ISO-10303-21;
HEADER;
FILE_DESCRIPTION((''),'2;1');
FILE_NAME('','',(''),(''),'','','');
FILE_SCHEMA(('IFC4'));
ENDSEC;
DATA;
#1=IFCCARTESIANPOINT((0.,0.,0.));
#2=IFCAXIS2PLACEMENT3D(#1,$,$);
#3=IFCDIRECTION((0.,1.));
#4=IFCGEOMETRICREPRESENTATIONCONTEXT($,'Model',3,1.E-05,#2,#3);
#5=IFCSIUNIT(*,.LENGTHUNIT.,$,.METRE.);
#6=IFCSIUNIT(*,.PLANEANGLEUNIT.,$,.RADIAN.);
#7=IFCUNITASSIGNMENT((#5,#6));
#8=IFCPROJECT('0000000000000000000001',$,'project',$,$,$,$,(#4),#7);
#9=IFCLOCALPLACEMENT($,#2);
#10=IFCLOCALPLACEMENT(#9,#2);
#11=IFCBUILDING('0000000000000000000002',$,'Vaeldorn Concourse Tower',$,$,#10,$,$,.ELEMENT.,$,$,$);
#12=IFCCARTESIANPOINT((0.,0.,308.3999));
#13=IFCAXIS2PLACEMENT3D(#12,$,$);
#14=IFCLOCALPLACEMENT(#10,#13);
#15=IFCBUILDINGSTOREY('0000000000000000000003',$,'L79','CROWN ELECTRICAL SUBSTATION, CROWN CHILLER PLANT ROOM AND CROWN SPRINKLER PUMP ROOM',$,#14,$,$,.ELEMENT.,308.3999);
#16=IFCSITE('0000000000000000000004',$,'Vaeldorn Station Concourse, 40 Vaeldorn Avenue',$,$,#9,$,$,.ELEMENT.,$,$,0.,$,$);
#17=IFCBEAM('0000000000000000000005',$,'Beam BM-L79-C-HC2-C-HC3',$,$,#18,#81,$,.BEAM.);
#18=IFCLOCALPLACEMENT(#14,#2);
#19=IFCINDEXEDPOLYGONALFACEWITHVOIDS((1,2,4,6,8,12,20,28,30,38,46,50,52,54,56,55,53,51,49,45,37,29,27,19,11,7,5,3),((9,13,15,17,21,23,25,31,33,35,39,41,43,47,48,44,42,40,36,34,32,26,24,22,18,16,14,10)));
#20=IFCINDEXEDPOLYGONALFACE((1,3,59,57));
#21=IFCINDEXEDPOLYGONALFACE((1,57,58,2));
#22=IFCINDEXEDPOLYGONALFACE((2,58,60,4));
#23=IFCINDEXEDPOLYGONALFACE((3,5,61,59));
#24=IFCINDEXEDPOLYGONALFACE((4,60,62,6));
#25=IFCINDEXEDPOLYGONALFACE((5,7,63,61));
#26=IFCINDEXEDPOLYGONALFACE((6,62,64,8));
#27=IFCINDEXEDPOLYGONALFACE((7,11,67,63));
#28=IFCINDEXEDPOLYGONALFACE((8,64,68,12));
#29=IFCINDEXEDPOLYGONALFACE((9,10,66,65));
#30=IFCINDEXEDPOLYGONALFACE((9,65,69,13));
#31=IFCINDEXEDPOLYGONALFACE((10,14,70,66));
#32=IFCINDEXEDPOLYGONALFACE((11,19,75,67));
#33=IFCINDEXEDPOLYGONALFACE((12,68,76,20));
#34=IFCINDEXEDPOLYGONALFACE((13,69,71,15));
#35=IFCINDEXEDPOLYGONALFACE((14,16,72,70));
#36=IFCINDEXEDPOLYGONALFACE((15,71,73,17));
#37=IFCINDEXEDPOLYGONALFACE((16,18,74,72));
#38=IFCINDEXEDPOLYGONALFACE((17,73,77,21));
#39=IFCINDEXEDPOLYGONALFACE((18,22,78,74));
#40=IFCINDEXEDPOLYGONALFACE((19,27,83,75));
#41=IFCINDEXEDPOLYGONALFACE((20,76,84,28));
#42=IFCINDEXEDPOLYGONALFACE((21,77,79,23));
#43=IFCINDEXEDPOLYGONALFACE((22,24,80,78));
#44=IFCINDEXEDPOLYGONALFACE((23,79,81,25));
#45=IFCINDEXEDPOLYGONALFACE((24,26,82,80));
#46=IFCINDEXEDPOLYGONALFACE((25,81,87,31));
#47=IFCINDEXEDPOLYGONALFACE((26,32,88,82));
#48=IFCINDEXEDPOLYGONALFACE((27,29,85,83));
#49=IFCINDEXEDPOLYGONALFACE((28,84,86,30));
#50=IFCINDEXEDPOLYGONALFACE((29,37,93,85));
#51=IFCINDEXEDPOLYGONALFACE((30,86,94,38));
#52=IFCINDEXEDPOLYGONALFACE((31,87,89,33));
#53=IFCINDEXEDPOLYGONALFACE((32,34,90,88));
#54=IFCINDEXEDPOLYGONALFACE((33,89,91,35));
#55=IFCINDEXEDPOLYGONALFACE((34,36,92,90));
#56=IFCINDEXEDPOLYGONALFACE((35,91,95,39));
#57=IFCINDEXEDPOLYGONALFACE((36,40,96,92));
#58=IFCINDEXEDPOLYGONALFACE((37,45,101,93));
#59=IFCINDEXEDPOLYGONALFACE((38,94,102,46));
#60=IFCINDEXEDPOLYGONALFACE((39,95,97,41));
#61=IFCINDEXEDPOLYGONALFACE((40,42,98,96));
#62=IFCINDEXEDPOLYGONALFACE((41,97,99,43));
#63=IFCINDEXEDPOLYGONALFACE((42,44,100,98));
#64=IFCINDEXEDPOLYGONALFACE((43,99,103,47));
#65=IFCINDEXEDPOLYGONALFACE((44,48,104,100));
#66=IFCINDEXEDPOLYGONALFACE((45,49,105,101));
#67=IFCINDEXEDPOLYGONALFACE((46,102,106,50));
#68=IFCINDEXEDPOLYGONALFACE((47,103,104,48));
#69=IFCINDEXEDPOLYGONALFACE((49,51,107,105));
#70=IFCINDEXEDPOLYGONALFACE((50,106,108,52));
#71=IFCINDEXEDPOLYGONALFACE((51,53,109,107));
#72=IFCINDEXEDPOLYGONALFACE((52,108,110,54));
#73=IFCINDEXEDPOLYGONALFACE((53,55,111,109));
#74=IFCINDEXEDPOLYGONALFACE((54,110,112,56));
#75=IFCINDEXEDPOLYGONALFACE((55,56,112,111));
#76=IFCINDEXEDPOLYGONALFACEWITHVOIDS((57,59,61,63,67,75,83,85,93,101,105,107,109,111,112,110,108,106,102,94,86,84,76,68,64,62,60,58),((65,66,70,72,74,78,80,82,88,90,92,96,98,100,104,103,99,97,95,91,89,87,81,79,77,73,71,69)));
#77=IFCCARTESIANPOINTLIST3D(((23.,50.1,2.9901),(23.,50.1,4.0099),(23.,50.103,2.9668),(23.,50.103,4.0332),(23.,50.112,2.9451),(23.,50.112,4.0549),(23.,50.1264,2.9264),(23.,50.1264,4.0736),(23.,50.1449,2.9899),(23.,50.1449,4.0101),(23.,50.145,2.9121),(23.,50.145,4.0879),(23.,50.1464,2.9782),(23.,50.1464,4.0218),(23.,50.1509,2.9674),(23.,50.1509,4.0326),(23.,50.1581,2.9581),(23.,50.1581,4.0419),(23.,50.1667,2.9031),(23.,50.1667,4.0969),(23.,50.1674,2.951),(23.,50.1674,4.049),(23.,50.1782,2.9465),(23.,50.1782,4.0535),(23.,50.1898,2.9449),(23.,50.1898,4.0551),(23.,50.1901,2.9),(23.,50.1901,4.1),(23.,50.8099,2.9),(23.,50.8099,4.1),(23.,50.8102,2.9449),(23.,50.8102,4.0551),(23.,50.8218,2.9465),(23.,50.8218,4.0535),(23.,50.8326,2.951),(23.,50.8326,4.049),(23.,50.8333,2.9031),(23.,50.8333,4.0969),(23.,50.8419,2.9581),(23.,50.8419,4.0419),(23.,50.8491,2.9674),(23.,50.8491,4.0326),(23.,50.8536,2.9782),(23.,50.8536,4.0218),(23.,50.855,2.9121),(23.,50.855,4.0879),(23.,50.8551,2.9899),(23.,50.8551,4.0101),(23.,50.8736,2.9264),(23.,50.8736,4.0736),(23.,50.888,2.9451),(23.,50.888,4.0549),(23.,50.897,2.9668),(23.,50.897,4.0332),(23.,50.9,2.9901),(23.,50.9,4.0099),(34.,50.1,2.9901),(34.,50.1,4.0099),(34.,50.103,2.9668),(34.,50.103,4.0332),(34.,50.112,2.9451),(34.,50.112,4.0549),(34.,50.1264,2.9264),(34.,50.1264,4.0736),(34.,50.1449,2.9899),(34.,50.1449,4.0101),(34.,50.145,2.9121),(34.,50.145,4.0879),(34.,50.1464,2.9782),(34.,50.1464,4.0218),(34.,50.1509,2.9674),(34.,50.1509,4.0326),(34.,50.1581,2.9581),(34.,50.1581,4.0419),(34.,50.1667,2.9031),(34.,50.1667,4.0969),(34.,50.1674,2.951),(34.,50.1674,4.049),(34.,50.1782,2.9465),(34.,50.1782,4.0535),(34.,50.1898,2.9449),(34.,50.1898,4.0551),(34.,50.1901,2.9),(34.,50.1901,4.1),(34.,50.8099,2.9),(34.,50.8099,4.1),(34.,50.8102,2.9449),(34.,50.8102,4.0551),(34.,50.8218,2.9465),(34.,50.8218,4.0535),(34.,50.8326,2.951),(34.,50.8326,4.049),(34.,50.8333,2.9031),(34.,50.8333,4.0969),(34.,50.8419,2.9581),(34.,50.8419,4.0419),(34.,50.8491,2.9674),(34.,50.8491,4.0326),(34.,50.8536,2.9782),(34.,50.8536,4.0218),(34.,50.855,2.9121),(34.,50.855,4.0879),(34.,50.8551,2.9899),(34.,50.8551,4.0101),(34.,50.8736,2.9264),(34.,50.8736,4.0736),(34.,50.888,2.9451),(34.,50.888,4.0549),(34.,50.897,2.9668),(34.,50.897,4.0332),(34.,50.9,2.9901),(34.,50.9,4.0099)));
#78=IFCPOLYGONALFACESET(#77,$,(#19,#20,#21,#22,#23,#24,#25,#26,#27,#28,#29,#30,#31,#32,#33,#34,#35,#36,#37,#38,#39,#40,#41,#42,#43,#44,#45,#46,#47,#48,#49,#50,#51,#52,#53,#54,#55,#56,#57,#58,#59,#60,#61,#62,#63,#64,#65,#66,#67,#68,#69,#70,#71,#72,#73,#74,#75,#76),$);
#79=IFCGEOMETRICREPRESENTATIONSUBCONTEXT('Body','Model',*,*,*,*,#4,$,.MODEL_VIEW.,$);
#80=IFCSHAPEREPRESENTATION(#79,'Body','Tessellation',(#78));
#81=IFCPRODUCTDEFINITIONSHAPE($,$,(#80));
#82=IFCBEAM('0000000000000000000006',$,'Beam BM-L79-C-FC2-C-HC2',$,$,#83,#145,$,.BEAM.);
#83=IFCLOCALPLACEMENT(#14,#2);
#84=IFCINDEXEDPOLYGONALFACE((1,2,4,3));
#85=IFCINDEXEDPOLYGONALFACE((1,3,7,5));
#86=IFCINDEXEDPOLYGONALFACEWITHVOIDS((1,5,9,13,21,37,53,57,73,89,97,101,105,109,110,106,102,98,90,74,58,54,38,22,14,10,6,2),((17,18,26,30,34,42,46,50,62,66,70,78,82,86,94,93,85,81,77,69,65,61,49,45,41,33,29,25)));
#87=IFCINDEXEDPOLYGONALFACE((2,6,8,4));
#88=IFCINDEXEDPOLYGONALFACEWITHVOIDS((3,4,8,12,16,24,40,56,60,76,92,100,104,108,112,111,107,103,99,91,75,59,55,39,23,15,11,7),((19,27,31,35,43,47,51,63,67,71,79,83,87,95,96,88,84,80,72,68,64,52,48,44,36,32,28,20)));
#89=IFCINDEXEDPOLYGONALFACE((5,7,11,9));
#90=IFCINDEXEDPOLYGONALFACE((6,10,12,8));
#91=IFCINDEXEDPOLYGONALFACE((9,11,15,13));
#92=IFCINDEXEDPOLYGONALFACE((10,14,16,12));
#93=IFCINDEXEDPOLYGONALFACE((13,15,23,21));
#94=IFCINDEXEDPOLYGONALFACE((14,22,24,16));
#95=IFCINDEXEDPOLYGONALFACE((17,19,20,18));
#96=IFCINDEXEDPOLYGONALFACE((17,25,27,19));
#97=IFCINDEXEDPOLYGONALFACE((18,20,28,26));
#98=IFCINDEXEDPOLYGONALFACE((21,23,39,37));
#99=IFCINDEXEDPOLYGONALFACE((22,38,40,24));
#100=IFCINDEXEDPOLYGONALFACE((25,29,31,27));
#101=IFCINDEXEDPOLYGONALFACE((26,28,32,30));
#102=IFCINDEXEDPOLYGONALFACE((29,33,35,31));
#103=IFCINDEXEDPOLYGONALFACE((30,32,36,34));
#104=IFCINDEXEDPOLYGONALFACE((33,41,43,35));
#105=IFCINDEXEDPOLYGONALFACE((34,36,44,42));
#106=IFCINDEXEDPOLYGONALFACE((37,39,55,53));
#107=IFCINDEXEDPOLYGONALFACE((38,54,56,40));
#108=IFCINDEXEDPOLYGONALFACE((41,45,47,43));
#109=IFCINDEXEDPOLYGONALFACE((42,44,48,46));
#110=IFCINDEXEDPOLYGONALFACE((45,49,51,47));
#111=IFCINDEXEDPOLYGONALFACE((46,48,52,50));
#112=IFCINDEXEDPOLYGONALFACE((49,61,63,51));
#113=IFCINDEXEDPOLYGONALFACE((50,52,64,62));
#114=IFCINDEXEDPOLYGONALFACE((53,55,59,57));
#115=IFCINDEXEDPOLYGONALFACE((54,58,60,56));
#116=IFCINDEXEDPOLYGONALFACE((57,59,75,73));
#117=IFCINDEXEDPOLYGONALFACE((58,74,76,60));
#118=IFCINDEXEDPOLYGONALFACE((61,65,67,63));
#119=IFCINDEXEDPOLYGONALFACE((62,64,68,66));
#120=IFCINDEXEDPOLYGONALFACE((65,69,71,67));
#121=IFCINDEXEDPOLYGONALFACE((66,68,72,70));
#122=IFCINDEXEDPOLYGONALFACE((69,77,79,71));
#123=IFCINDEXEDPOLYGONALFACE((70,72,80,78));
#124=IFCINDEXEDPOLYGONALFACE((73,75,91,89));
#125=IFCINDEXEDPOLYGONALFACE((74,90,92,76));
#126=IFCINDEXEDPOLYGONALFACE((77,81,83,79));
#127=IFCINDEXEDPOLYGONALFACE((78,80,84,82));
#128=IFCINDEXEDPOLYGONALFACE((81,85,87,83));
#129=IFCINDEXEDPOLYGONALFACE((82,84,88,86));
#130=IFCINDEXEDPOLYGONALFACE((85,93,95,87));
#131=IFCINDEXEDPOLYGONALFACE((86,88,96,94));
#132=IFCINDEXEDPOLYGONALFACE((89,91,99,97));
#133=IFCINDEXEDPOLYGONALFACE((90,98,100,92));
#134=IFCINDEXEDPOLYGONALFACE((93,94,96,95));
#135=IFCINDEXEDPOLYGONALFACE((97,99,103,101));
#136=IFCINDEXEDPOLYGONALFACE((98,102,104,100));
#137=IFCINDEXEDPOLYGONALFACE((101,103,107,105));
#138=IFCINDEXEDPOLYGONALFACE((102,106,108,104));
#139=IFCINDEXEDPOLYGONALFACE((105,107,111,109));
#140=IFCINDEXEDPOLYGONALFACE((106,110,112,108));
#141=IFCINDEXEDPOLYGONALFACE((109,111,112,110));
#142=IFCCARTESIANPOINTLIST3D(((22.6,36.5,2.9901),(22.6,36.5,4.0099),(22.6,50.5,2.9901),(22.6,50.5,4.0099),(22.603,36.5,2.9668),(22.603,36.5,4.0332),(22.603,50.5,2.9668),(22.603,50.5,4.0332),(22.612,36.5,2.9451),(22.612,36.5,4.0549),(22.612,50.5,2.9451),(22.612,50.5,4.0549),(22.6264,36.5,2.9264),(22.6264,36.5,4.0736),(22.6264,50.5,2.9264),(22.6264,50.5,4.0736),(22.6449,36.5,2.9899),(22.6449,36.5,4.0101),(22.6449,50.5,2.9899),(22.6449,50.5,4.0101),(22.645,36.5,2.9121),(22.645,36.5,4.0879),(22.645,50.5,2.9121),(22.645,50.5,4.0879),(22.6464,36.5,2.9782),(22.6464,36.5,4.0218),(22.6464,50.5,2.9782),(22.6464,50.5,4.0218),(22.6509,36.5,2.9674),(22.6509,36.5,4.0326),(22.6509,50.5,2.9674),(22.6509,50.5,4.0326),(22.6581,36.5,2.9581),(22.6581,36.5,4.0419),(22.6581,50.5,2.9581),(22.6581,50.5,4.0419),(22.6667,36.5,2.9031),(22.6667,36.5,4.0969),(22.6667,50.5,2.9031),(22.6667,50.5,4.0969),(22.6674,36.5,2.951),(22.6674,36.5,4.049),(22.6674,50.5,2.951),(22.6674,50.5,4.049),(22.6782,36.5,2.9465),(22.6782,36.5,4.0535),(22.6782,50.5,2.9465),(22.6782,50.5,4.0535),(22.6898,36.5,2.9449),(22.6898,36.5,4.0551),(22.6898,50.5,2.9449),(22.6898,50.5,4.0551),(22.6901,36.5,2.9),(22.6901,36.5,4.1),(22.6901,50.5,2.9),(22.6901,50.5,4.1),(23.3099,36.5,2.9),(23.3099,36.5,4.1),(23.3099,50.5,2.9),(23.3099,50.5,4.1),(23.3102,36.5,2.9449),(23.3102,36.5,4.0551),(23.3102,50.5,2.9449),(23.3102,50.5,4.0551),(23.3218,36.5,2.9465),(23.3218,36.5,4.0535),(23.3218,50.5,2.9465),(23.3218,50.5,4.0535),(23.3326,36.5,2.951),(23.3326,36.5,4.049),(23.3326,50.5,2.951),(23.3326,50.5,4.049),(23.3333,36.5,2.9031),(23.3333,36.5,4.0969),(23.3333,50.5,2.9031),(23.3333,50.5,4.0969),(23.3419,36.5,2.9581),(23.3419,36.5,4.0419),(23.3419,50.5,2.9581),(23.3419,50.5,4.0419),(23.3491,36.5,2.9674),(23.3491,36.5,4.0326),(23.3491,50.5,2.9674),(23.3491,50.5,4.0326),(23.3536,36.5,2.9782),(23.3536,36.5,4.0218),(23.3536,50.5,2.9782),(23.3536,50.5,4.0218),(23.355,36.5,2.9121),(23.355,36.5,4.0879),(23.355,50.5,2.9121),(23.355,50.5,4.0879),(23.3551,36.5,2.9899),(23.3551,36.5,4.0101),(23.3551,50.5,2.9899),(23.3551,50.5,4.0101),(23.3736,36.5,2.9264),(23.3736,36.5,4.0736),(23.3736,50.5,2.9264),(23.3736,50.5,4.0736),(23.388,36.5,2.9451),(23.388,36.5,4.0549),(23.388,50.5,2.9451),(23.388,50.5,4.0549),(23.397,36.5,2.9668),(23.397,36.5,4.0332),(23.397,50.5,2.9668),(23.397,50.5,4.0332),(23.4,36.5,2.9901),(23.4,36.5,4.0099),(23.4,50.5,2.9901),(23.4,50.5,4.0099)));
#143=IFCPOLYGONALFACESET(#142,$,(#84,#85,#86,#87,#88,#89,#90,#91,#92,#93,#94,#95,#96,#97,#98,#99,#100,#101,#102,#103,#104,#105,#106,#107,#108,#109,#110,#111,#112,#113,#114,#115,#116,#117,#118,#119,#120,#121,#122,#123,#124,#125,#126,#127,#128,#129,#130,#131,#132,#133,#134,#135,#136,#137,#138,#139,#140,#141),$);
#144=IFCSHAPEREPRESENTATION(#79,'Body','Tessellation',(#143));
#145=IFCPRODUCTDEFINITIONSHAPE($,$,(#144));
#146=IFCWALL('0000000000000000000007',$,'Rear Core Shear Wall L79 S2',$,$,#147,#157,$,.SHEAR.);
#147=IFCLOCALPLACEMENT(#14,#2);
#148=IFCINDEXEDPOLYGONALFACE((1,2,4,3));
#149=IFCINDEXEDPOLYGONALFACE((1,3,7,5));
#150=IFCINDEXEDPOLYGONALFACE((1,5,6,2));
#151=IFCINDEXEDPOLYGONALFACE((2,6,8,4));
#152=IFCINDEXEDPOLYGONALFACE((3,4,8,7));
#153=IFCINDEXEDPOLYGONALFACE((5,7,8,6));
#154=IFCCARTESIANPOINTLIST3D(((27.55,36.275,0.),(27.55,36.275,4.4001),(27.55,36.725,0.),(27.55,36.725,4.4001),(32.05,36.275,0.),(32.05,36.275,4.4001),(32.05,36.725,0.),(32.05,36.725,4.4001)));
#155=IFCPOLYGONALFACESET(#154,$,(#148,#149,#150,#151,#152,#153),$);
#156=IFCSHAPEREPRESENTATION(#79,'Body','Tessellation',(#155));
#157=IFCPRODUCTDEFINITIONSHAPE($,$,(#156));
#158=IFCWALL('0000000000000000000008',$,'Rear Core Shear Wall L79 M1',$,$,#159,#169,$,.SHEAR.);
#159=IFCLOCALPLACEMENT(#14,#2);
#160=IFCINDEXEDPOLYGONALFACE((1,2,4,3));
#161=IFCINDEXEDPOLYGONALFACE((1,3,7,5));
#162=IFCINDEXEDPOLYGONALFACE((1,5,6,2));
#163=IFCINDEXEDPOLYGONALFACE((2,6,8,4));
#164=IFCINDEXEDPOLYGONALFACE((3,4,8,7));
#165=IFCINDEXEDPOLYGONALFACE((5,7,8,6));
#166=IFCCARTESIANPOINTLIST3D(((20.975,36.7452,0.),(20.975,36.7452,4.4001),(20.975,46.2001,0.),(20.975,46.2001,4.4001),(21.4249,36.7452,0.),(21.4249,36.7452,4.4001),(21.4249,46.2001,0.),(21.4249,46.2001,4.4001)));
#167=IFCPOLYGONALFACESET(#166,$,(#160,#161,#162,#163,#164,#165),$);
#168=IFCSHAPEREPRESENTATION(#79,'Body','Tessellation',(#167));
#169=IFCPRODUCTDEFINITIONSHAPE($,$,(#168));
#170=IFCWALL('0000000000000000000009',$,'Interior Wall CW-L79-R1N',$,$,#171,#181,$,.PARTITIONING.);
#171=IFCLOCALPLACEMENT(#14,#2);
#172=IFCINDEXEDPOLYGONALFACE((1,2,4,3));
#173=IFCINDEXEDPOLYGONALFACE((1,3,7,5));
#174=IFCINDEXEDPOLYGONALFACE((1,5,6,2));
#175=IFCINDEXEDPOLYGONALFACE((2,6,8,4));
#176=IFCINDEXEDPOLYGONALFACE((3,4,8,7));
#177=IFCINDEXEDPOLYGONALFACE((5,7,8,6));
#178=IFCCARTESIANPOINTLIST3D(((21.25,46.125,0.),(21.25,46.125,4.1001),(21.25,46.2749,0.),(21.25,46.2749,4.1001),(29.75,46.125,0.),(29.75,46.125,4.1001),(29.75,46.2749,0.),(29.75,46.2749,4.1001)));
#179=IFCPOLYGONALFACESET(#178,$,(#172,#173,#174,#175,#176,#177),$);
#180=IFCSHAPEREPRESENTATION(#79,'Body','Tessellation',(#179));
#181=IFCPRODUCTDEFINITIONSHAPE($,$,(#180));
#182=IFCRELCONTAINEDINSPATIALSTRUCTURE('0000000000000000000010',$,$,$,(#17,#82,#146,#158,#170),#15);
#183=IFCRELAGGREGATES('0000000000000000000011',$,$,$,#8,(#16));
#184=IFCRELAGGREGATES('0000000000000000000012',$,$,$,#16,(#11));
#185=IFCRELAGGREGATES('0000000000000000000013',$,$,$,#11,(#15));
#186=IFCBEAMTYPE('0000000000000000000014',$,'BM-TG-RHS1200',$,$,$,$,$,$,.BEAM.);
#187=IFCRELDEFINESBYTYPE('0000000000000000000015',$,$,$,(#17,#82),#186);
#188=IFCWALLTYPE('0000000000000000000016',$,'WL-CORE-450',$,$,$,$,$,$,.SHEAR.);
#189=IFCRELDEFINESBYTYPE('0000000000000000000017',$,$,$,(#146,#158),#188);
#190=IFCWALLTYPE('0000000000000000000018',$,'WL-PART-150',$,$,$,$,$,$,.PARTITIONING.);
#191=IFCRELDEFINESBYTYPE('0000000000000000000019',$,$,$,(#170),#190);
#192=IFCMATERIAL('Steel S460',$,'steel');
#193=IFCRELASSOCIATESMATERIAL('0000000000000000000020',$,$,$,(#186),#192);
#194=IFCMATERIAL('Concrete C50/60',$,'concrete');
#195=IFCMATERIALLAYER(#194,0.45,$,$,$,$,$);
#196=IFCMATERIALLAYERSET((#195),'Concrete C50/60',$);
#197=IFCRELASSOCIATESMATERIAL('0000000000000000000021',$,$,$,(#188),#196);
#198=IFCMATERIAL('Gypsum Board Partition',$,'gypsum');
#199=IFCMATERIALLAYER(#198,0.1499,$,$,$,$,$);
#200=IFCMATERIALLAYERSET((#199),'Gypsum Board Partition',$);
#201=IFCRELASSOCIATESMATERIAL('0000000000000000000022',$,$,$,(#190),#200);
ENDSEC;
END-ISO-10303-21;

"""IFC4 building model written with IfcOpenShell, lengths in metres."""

from ifc_helpers import new_model, si_unit, direction, frame, frame_2d, origin, origin_2d, place, context, subcontext, project, spatial, rectangle, hollow_rectangle, extrude, source, transform, mapped, material, layer, layer_set, material_profile, profile_set, type_object, element, save


model = new_model("IFC4")

# Units and contexts
model_context = context("Model", 3, precision=1e-05, world=origin(), true_north=direction((0.0, 1.0)))
body_context = subcontext(model_context, "Body", "Model", "MODEL_VIEW")
ifc_project = project(units=[si_unit("LENGTHUNIT", "METRE"), si_unit("PLANEANGLEUNIT", "RADIAN")], contexts=[model_context])

# Site, building, storey
site_placement = place(None, origin())
site = spatial("IfcSite", under=ifc_project, at=site_placement, Name="Vaeldorn Station Concourse, 40 Vaeldorn Avenue", CompositionType="ELEMENT", RefElevation=0.0)
building_placement = place(site_placement, origin())
building = spatial("IfcBuilding", under=site, at=building_placement, Name="Vaeldorn Concourse Tower", CompositionType="ELEMENT")
storey_placement = place(building_placement, frame((0.0, 0.0, 308.3999)))
storey = spatial("IfcBuildingStorey", under=building, at=storey_placement, Name="L79", Description="CROWN ELECTRICAL SUBSTATION, CROWN CHILLER PLANT ROOM AND CROWN SPRINKLER PUMP ROOM", CompositionType="ELEMENT", Elevation=308.3999)

# Beams
ifc_material_1 = material(Name="Steel S460", Category="steel")
ifc_material_profile_1 = material_profile(ifc_material_1, hollow_rectangle(XDim=0.8, YDim=1.2, WallThickness=0.0449, InnerFilletRadius=0.0449, OuterFilletRadius=0.0901, at=origin_2d()), Name="RHS 1200x800x45")
ifc_profile_set_1 = profile_set([ifc_material_profile_1], Name="Steel S460")
beam_type = type_object("IfcBeamType", Name="BM-TG-RHS1200", PredefinedType="BEAM", material=ifc_profile_set_1)
shared_shape_1 = source(origin(), body_context, "Body", "SweptSolid", [
    extrude(hollow_rectangle(XDim=0.8, YDim=1.2, WallThickness=0.0449, InnerFilletRadius=0.0449, OuterFilletRadius=0.0901, at=origin_2d()), origin(), (0.0, 0.0, 1.0), 11.0),
])
beam_1_placement = place(storey_placement, frame((23.0, 50.5, 3.5), z_axis=(1.0, 0.0, 0.0), x_axis=(0.0, 1.0, 0.0)))
element("IfcBeam", 1, at=beam_1_placement, inside=storey, type_object=beam_type, Name="Beam BM-L79-C-HC2-C-HC3", PredefinedType="BEAM", context=body_context, shape_type="MappedRepresentation", body=[
    mapped(shared_shape_1, transform((0.0, 0.0, 0.0), scale=1.0)),
])
shared_shape_2 = source(origin(), body_context, "Body", "SweptSolid", [
    extrude(hollow_rectangle(XDim=0.8, YDim=1.2, WallThickness=0.0449, InnerFilletRadius=0.0449, OuterFilletRadius=0.0901, at=origin_2d()), origin(), (0.0, 0.0, 1.0), 14.0),
])
beam_2_placement = place(storey_placement, frame((23.0, 36.5, 3.5), z_axis=(0.0, 1.0, 0.0), x_axis=(-1.0, 0.0, 0.0)))
element("IfcBeam", 2, at=beam_2_placement, inside=storey, type_object=beam_type, Name="Beam BM-L79-C-FC2-C-HC2", PredefinedType="BEAM", context=body_context, shape_type="MappedRepresentation", body=[
    mapped(shared_shape_2, transform((0.0, 0.0, 0.0), scale=1.0)),
])

# Walls
ifc_material_2 = material(Name="Concrete C50/60", Category="concrete")
ifc_layer_1 = layer(ifc_material_2, 0.45)
ifc_layer_set_1 = layer_set([ifc_layer_1], Name="Concrete C50/60")
wall_type_1 = type_object("IfcWallType", Name="WL-CORE-450", PredefinedType="SHEAR", material=ifc_layer_set_1)
wall_1_placement = place(storey_placement, frame((27.55, 36.5, 0.0), z_axis=(0.0, 0.0, 1.0), x_axis=(1.0, 0.0, 0.0)))
element("IfcWall", 3, at=wall_1_placement, inside=storey, type_object=wall_type_1, Name="Rear Core Shear Wall L79 S2", PredefinedType="SHEAR", context=body_context, shape_type="SweptSolid", body=[
    extrude(rectangle(XDim=4.5, YDim=0.45, at=frame_2d((2.25, 0.0))), origin(), (0.0, 0.0, 1.0), 4.4001),
])
wall_2_placement = place(storey_placement, frame((21.2, 36.7451, 0.0), z_axis=(0.0, 0.0, 1.0), x_axis=(0.0, 1.0, 0.0)))
element("IfcWall", 4, at=wall_2_placement, inside=storey, type_object=wall_type_1, Name="Rear Core Shear Wall L79 M1", PredefinedType="SHEAR", context=body_context, shape_type="SweptSolid", body=[
    extrude(rectangle(XDim=9.4548, YDim=0.45, at=frame_2d((4.7275, 0.0))), origin(), (0.0, 0.0, 1.0), 4.4001),
])
ifc_material_3 = material(Name="Gypsum Board Partition", Category="gypsum")
ifc_layer_2 = layer(ifc_material_3, 0.1499)
ifc_layer_set_2 = layer_set([ifc_layer_2], Name="Gypsum Board Partition")
wall_type_2 = type_object("IfcWallType", Name="WL-PART-150", PredefinedType="PARTITIONING", material=ifc_layer_set_2)
wall_3_placement = place(storey_placement, frame((21.25, 46.2, 0.0), z_axis=(0.0, 0.0, 1.0), x_axis=(1.0, 0.0, 0.0)))
element("IfcWall", 5, at=wall_3_placement, inside=storey, type_object=wall_type_2, Name="Interior Wall CW-L79-R1N", PredefinedType="PARTITIONING", context=body_context, shape_type="SweptSolid", body=[
    extrude(rectangle(XDim=8.5, YDim=0.1499, at=frame_2d((4.25, 0.0))), origin(), (0.0, 0.0, 1.0), 4.1001),
])

save(model, "model.ifc")
